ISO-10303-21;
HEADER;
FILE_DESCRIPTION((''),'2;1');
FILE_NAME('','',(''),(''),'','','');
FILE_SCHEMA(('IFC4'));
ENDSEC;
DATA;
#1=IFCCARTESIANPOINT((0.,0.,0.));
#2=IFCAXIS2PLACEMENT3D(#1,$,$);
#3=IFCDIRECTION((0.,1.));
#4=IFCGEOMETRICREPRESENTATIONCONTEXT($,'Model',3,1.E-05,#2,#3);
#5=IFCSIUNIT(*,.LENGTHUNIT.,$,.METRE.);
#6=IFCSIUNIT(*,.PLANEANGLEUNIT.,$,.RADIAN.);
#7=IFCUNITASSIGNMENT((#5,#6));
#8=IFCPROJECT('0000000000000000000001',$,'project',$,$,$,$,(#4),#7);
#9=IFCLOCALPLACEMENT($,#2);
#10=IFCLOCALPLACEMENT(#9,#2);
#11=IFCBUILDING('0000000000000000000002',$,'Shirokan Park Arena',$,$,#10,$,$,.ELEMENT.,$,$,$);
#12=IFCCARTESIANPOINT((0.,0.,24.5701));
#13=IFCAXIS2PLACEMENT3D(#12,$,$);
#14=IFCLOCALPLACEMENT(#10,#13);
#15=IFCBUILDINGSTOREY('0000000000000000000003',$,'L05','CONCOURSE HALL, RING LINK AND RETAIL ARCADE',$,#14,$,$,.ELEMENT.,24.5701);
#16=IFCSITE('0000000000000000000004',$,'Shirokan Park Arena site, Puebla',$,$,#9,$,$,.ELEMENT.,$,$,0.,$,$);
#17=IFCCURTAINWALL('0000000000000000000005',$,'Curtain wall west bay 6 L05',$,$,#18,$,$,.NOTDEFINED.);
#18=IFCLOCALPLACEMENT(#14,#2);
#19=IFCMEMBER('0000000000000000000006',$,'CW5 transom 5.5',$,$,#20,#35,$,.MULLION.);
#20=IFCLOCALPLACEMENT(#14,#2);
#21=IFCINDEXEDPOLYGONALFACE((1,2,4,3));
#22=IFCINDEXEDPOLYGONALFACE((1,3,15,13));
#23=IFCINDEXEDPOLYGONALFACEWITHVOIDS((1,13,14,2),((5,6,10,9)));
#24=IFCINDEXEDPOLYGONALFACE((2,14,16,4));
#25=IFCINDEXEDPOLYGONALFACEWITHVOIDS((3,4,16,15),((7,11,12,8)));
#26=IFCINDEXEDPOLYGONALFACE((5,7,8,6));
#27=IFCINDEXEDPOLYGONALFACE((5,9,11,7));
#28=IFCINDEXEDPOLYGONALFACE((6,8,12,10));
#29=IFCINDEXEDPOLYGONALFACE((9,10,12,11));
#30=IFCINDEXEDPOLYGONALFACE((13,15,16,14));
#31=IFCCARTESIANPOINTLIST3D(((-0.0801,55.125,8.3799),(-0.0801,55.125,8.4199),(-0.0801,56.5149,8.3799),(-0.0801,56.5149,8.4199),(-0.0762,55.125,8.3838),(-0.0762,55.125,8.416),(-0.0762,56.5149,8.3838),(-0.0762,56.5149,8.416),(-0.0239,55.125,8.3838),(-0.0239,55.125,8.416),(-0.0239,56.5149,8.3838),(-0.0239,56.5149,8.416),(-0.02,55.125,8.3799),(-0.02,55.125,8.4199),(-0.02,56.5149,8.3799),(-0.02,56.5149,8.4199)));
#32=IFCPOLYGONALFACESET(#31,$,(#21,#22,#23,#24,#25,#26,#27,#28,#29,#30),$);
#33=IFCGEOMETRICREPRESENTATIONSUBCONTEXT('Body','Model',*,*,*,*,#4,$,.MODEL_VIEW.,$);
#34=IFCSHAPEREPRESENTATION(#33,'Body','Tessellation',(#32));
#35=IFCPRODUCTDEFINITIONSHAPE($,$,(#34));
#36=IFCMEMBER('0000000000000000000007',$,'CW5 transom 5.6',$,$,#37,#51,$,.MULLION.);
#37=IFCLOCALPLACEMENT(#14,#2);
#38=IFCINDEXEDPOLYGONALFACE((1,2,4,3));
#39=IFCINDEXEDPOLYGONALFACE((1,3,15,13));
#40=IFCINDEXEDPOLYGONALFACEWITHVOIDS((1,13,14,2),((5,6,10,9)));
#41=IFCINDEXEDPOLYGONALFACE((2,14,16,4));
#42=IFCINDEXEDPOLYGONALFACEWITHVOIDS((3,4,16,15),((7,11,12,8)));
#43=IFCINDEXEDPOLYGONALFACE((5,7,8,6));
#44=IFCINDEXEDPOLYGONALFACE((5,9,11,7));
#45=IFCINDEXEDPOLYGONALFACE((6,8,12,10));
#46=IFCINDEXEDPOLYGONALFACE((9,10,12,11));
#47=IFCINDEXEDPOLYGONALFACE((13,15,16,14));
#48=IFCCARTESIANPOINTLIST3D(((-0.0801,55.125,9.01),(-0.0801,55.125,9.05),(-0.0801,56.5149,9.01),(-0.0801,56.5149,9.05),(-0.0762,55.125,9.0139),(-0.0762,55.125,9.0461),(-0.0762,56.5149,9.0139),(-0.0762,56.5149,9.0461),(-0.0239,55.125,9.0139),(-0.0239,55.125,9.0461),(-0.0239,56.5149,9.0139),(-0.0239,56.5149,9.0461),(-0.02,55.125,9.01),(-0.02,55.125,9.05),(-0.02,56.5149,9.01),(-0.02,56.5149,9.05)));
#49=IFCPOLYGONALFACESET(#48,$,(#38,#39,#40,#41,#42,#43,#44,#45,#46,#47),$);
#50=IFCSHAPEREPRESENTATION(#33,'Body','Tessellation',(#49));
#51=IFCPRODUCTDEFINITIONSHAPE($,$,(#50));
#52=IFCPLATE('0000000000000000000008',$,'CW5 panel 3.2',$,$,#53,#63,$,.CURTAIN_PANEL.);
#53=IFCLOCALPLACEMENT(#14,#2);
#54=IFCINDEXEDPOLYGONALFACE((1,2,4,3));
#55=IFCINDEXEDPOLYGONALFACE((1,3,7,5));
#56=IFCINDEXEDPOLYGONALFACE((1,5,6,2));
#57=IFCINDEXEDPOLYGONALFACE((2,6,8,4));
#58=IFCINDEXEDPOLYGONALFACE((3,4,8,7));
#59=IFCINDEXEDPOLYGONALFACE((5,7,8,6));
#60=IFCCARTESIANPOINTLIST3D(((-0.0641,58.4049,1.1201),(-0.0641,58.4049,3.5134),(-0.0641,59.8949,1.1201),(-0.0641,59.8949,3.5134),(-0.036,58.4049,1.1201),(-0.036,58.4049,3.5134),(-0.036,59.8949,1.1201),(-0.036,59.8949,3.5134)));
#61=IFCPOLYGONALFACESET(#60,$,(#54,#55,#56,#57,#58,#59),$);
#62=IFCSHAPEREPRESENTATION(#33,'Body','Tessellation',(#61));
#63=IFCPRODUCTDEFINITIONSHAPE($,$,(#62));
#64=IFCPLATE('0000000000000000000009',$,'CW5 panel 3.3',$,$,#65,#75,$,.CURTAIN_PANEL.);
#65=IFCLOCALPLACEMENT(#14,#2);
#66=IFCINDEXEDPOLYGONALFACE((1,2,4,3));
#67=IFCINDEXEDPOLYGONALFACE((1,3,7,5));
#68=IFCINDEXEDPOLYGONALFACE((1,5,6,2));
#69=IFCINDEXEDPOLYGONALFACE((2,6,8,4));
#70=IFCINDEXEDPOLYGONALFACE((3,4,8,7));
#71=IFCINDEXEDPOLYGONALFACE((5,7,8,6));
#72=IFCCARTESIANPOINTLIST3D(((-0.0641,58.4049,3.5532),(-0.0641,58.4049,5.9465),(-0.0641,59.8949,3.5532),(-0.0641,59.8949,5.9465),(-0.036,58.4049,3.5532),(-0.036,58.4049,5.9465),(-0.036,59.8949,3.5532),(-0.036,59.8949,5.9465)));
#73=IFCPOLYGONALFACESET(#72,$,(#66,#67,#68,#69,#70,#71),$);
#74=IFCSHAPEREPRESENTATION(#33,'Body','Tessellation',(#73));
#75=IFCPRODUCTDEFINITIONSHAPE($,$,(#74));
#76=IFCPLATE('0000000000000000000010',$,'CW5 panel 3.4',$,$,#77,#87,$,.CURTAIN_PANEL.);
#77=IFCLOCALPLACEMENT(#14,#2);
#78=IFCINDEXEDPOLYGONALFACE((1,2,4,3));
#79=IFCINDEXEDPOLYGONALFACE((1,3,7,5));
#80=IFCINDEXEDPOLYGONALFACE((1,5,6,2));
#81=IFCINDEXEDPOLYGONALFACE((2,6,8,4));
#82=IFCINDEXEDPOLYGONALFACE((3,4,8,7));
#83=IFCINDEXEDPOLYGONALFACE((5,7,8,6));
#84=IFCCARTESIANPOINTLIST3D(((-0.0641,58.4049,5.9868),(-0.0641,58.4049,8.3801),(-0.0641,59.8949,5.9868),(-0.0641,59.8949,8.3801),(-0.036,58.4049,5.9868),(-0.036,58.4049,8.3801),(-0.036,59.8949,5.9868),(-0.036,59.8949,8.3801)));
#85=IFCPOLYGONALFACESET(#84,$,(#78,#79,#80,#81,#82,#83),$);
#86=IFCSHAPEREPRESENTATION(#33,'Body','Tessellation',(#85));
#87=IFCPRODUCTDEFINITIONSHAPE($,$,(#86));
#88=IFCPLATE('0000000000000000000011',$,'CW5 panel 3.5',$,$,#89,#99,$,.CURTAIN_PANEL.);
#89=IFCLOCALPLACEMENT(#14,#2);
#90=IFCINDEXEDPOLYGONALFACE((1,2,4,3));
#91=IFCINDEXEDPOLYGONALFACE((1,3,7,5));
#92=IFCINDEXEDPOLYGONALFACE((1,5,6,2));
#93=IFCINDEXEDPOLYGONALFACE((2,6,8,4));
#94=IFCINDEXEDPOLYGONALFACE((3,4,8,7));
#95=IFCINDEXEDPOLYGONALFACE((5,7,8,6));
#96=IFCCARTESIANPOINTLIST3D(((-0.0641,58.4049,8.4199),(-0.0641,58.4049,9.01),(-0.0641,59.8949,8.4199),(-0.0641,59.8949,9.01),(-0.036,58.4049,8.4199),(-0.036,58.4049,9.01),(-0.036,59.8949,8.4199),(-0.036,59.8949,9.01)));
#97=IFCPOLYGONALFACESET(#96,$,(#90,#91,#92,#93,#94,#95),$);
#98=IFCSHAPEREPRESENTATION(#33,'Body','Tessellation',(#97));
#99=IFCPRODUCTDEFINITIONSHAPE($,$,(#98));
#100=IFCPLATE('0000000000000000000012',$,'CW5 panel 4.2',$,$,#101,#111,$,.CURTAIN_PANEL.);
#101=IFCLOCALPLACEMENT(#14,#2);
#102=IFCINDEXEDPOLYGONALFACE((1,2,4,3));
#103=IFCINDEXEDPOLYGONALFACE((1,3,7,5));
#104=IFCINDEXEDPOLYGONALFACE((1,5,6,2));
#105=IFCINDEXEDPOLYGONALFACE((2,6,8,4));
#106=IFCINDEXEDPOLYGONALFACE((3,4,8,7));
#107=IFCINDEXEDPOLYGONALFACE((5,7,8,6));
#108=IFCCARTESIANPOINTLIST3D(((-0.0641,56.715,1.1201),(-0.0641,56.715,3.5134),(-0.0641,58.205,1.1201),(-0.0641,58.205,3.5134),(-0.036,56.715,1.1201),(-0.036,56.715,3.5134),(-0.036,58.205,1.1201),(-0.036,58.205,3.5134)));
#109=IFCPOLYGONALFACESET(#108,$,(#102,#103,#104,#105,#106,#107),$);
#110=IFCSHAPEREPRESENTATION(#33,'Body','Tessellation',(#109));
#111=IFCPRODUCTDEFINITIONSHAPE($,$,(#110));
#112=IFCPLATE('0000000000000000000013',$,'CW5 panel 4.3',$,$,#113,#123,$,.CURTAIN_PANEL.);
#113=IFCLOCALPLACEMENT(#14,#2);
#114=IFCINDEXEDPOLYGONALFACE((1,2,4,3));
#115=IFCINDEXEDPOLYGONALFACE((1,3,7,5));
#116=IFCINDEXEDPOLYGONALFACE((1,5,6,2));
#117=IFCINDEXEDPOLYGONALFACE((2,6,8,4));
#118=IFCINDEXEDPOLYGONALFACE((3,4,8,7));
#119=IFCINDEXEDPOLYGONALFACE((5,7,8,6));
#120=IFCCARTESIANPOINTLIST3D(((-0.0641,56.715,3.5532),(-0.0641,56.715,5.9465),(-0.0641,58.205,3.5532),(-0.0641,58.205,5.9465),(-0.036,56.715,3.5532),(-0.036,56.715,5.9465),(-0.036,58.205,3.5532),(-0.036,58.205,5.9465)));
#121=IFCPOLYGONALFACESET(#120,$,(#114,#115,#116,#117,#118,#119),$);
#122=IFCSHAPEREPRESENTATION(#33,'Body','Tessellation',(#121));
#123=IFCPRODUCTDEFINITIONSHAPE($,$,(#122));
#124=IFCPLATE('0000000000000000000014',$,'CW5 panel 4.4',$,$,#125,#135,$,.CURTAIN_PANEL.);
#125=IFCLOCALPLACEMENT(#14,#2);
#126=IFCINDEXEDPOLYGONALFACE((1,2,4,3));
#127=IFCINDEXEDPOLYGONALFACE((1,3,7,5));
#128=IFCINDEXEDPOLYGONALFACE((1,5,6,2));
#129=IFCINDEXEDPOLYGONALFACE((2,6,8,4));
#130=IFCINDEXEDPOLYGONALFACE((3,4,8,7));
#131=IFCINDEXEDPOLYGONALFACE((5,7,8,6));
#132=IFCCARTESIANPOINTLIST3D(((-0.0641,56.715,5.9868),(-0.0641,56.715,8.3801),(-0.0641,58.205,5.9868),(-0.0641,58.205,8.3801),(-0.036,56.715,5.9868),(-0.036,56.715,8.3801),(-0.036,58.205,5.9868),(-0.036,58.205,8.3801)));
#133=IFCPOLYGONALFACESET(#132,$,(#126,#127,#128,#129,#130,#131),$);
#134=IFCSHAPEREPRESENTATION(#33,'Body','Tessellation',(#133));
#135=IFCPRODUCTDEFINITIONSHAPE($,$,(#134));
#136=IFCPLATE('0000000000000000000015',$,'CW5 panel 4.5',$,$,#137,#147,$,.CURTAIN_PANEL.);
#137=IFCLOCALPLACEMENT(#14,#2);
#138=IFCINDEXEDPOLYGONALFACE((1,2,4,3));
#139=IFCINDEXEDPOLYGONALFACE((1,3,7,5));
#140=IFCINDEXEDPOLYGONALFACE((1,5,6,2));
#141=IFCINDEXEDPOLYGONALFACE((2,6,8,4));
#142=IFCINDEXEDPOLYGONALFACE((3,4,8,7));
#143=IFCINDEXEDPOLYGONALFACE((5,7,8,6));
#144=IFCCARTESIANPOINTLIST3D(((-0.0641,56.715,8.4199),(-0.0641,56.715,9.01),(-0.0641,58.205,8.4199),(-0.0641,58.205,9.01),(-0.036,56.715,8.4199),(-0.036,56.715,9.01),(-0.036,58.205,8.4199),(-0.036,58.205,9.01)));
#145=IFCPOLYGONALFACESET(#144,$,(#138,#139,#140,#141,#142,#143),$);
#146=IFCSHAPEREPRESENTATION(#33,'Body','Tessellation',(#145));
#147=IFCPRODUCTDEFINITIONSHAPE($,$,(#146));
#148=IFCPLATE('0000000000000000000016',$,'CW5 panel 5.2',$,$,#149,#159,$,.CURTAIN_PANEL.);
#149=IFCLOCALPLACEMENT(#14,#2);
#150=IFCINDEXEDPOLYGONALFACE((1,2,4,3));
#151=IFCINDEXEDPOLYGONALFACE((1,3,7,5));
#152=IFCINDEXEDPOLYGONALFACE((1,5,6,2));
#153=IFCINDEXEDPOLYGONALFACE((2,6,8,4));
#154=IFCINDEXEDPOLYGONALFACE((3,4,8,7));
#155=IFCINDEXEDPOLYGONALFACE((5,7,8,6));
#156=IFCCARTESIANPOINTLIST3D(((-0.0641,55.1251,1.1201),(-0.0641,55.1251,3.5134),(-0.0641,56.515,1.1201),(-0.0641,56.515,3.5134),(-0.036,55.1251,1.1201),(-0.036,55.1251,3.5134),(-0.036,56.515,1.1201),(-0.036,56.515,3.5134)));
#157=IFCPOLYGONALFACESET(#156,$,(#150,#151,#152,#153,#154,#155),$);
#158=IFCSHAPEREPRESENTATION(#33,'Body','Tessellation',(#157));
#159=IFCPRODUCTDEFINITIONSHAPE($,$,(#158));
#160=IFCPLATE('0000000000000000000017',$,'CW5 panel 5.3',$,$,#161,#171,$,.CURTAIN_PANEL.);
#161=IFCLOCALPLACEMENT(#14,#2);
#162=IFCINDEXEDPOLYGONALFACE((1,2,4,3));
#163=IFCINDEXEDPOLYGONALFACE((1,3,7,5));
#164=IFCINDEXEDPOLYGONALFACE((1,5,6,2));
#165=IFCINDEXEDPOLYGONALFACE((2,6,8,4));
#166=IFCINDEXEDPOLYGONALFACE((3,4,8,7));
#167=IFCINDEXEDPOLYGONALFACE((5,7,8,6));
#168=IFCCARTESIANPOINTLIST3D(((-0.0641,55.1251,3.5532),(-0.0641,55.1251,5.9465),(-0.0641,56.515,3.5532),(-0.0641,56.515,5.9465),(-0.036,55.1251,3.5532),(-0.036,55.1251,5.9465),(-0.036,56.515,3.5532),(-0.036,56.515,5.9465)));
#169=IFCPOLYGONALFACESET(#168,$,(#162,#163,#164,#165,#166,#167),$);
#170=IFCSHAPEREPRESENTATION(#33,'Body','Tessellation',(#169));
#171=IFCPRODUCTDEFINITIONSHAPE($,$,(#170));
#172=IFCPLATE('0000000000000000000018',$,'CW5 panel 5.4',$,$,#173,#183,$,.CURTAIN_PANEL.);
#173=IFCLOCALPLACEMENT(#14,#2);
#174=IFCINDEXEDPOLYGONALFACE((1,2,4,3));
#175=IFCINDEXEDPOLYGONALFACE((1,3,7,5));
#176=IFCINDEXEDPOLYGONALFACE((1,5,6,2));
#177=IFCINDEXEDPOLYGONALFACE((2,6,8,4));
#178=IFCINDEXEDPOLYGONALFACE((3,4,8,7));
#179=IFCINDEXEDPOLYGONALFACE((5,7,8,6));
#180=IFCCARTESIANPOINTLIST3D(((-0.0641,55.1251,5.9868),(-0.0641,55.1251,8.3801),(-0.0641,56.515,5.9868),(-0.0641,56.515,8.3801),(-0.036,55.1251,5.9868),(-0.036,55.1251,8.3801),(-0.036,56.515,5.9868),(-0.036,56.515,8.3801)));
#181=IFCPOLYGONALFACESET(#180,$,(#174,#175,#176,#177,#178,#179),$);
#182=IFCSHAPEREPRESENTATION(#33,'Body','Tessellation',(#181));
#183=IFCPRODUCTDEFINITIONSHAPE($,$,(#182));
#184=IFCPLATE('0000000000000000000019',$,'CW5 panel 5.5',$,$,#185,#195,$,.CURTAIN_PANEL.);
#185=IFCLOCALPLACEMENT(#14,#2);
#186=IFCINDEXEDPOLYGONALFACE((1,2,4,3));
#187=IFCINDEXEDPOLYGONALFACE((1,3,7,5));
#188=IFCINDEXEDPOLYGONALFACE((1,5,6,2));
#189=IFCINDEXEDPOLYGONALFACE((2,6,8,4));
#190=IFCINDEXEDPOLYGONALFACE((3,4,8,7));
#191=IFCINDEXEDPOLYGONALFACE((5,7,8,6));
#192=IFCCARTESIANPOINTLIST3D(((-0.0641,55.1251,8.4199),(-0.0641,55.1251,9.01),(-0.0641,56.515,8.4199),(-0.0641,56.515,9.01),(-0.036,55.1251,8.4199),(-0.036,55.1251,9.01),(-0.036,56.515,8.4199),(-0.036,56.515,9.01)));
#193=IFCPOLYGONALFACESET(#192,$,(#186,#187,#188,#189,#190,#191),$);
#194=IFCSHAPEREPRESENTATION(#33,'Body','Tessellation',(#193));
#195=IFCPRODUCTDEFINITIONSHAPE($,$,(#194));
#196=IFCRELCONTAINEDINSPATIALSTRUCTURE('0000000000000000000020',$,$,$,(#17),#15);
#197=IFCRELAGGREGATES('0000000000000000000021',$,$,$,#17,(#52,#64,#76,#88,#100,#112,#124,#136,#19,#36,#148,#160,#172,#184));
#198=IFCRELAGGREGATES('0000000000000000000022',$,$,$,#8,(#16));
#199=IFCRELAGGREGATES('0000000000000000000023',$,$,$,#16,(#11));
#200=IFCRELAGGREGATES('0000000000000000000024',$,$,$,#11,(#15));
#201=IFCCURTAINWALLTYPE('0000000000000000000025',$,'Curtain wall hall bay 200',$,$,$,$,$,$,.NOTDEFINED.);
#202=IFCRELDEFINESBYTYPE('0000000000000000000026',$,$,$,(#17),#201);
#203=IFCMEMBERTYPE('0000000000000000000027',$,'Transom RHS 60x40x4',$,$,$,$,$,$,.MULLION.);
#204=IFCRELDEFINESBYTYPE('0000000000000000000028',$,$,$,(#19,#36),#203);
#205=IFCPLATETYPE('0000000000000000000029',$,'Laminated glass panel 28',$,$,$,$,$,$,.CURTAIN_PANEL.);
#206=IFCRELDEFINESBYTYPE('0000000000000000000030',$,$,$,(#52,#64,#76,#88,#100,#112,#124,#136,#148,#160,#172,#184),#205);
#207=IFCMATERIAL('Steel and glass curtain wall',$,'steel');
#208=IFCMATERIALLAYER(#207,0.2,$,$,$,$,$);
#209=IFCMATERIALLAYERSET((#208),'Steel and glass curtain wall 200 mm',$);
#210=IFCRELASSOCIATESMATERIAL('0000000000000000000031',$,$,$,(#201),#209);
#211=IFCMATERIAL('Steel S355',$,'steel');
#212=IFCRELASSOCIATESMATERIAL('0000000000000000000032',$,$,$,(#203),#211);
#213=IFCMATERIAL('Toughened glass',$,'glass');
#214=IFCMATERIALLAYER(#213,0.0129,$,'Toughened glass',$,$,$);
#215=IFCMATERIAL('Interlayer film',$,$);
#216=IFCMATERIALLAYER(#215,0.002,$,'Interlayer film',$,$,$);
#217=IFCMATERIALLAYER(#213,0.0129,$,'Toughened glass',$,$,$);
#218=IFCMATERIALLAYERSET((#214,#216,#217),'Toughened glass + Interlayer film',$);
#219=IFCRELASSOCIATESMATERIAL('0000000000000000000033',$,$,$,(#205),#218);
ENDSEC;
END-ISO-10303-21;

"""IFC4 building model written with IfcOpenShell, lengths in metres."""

from ifc_helpers import new_model, si_unit, direction, frame, origin, origin_2d, place, context, subcontext, project, spatial, rectangle, hollow_rectangle, extrude, material, layer, layer_set, material_profile, profile_set, type_object, element, aggregate, save


model = new_model("IFC4")

# Units and contexts
model_context = context("Model", 3, precision=1e-05, world=origin(), true_north=direction((0.0, 1.0)))
body_context = subcontext(model_context, "Body", "Model", "MODEL_VIEW")
ifc_project = project(units=[si_unit("LENGTHUNIT", "METRE"), si_unit("PLANEANGLEUNIT", "RADIAN")], contexts=[model_context])

# Site, building, storey
site_placement = place(None, origin())
site = spatial("IfcSite", under=ifc_project, at=site_placement, Name="Shirokan Park Arena site, Puebla", CompositionType="ELEMENT", RefElevation=0.0)
building_placement = place(site_placement, origin())
building = spatial("IfcBuilding", under=site, at=building_placement, Name="Shirokan Park Arena", CompositionType="ELEMENT")
storey_placement = place(building_placement, frame((0.0, 0.0, 24.5701)))
storey = spatial("IfcBuildingStorey", under=building, at=storey_placement, Name="L05", Description="CONCOURSE HALL, RING LINK AND RETAIL ARCADE", CompositionType="ELEMENT", Elevation=24.5701)

# Curtain wall
ifc_material_1 = material(Name="Steel and glass curtain wall", Category="steel")
ifc_layer_1 = layer(ifc_material_1, 0.2)
ifc_layer_set_1 = layer_set([ifc_layer_1], Name="Steel and glass curtain wall 200 mm")
curtain_wall_type = type_object("IfcCurtainWallType", Name="Curtain wall hall bay 200", PredefinedType="NOTDEFINED", material=ifc_layer_set_1)
curtain_wall_placement = place(storey_placement, origin())
curtain_wall = element("IfcCurtainWall", 1, at=curtain_wall_placement, inside=storey, type_object=curtain_wall_type, Name="Curtain wall west bay 6 L05", PredefinedType="NOTDEFINED")
ifc_material_2 = material(Name="Steel S355", Category="steel")

# Members
ifc_material_profile_1 = material_profile(ifc_material_2, hollow_rectangle(XDim=0.0601, YDim=0.04, WallThickness=0.0039, at=origin_2d()), Name="RHS 60x40x4")
ifc_profile_set_1 = profile_set([ifc_material_profile_1], Name="Steel S355")
member_type_1 = type_object("IfcMemberType", Name="Transom RHS 60x40x4", PredefinedType="MULLION", material=ifc_profile_set_1)
member_1_placement = place(storey_placement, frame((-0.05, 56.5149, 8.3999), z_axis=(0.0, -1.0, 0.0), x_axis=(1.0, 0.0, 0.0)))
member_1 = element("IfcMember", 2, at=member_1_placement, type_object=member_type_1, Name="CW5 transom 5.5", PredefinedType="MULLION", context=body_context, shape_type="SweptSolid", body=[
    extrude(hollow_rectangle(XDim=0.0601, YDim=0.04, WallThickness=0.0039, at=origin_2d()), origin(), (0.0, 0.0, 1.0), 1.3899),
])
member_2_placement = place(storey_placement, frame((-0.05, 56.5149, 9.03), z_axis=(0.0, -1.0, 0.0), x_axis=(1.0, 0.0, 0.0)))
member_2 = element("IfcMember", 3, at=member_2_placement, type_object=member_type_1, Name="CW5 transom 5.6", PredefinedType="MULLION", context=body_context, shape_type="SweptSolid", body=[
    extrude(hollow_rectangle(XDim=0.0601, YDim=0.04, WallThickness=0.0039, at=origin_2d()), origin(), (0.0, 0.0, 1.0), 1.3899),
])

# Plates
ifc_material_3 = material(Name="Toughened glass", Category="glass")
ifc_layer_2 = layer(ifc_material_3, 0.0129, Name="Toughened glass")
ifc_material_4 = material(Name="Interlayer film")
ifc_layer_3 = layer(ifc_material_4, 0.002, Name="Interlayer film")
ifc_layer_4 = layer(ifc_material_3, 0.0129, Name="Toughened glass")
ifc_layer_set_2 = layer_set([ifc_layer_2, ifc_layer_3, ifc_layer_4], Name="Toughened glass + Interlayer film")
plate_type_1 = type_object("IfcPlateType", Name="Laminated glass panel 28", PredefinedType="CURTAIN_PANEL", material=ifc_layer_set_2)
plate_1_placement = place(storey_placement, frame((-0.05, 59.1499, 1.1201), z_axis=(0.0, 0.0, 1.0), x_axis=(0.0, -1.0, 0.0)))
plate_1 = element("IfcPlate", 4, at=plate_1_placement, type_object=plate_type_1, Name="CW5 panel 3.2", PredefinedType="CURTAIN_PANEL", context=body_context, shape_type="SweptSolid", body=[
    extrude(rectangle(XDim=1.49, YDim=0.0281, at=origin_2d()), origin(), (0.0, 0.0, 1.0), 2.3933),
])
plate_2_placement = place(storey_placement, frame((-0.05, 59.1499, 3.5532), z_axis=(0.0, 0.0, 1.0), x_axis=(0.0, -1.0, 0.0)))
plate_2 = element("IfcPlate", 5, at=plate_2_placement, type_object=plate_type_1, Name="CW5 panel 3.3", PredefinedType="CURTAIN_PANEL", context=body_context, shape_type="SweptSolid", body=[
    extrude(rectangle(XDim=1.49, YDim=0.0281, at=origin_2d()), origin(), (0.0, 0.0, 1.0), 2.3933),
])
plate_3_placement = place(storey_placement, frame((-0.05, 59.1499, 5.9868), z_axis=(0.0, 0.0, 1.0), x_axis=(0.0, -1.0, 0.0)))
plate_3 = element("IfcPlate", 6, at=plate_3_placement, type_object=plate_type_1, Name="CW5 panel 3.4", PredefinedType="CURTAIN_PANEL", context=body_context, shape_type="SweptSolid", body=[
    extrude(rectangle(XDim=1.49, YDim=0.0281, at=origin_2d()), origin(), (0.0, 0.0, 1.0), 2.3933),
])
plate_4_placement = place(storey_placement, frame((-0.05, 59.1499, 8.4199), z_axis=(0.0, 0.0, 1.0), x_axis=(0.0, -1.0, 0.0)))
plate_4 = element("IfcPlate", 7, at=plate_4_placement, type_object=plate_type_1, Name="CW5 panel 3.5", PredefinedType="CURTAIN_PANEL", context=body_context, shape_type="SweptSolid", body=[
    extrude(rectangle(XDim=1.49, YDim=0.0281, at=origin_2d()), origin(), (0.0, 0.0, 1.0), 0.5901),
])
plate_5_placement = place(storey_placement, frame((-0.05, 57.46, 1.1201), z_axis=(0.0, 0.0, 1.0), x_axis=(0.0, -1.0, 0.0)))
plate_5 = element("IfcPlate", 8, at=plate_5_placement, type_object=plate_type_1, Name="CW5 panel 4.2", PredefinedType="CURTAIN_PANEL", context=body_context, shape_type="SweptSolid", body=[
    extrude(rectangle(XDim=1.49, YDim=0.0281, at=origin_2d()), origin(), (0.0, 0.0, 1.0), 2.3933),
])
plate_6_placement = place(storey_placement, frame((-0.05, 57.46, 3.5532), z_axis=(0.0, 0.0, 1.0), x_axis=(0.0, -1.0, 0.0)))
plate_6 = element("IfcPlate", 9, at=plate_6_placement, type_object=plate_type_1, Name="CW5 panel 4.3", PredefinedType="CURTAIN_PANEL", context=body_context, shape_type="SweptSolid", body=[
    extrude(rectangle(XDim=1.49, YDim=0.0281, at=origin_2d()), origin(), (0.0, 0.0, 1.0), 2.3933),
])
plate_7_placement = place(storey_placement, frame((-0.05, 57.46, 5.9868), z_axis=(0.0, 0.0, 1.0), x_axis=(0.0, -1.0, 0.0)))
plate_7 = element("IfcPlate", 10, at=plate_7_placement, type_object=plate_type_1, Name="CW5 panel 4.4", PredefinedType="CURTAIN_PANEL", context=body_context, shape_type="SweptSolid", body=[
    extrude(rectangle(XDim=1.49, YDim=0.0281, at=origin_2d()), origin(), (0.0, 0.0, 1.0), 2.3933),
])
plate_8_placement = place(storey_placement, frame((-0.05, 57.46, 8.4199), z_axis=(0.0, 0.0, 1.0), x_axis=(0.0, -1.0, 0.0)))
plate_8 = element("IfcPlate", 11, at=plate_8_placement, type_object=plate_type_1, Name="CW5 panel 4.5", PredefinedType="CURTAIN_PANEL", context=body_context, shape_type="SweptSolid", body=[
    extrude(rectangle(XDim=1.49, YDim=0.0281, at=origin_2d()), origin(), (0.0, 0.0, 1.0), 0.5901),
])
plate_9_placement = place(storey_placement, frame((-0.05, 55.8201, 1.1201), z_axis=(0.0, 0.0, 1.0), x_axis=(0.0, -1.0, 0.0)))
plate_9 = element("IfcPlate", 12, at=plate_9_placement, type_object=plate_type_1, Name="CW5 panel 5.2", PredefinedType="CURTAIN_PANEL", context=body_context, shape_type="SweptSolid", body=[
    extrude(rectangle(XDim=1.3899, YDim=0.0281, at=origin_2d()), origin(), (0.0, 0.0, 1.0), 2.3933),
])
plate_10_placement = place(storey_placement, frame((-0.05, 55.8201, 3.5532), z_axis=(0.0, 0.0, 1.0), x_axis=(0.0, -1.0, 0.0)))
plate_10 = element("IfcPlate", 13, at=plate_10_placement, type_object=plate_type_1, Name="CW5 panel 5.3", PredefinedType="CURTAIN_PANEL", context=body_context, shape_type="SweptSolid", body=[
    extrude(rectangle(XDim=1.3899, YDim=0.0281, at=origin_2d()), origin(), (0.0, 0.0, 1.0), 2.3933),
])
plate_11_placement = place(storey_placement, frame((-0.05, 55.8201, 5.9868), z_axis=(0.0, 0.0, 1.0), x_axis=(0.0, -1.0, 0.0)))
plate_11 = element("IfcPlate", 14, at=plate_11_placement, type_object=plate_type_1, Name="CW5 panel 5.4", PredefinedType="CURTAIN_PANEL", context=body_context, shape_type="SweptSolid", body=[
    extrude(rectangle(XDim=1.3899, YDim=0.0281, at=origin_2d()), origin(), (0.0, 0.0, 1.0), 2.3933),
])
plate_12_placement = place(storey_placement, frame((-0.05, 55.8201, 8.4199), z_axis=(0.0, 0.0, 1.0), x_axis=(0.0, -1.0, 0.0)))
plate_12 = element("IfcPlate", 15, at=plate_12_placement, type_object=plate_type_1, Name="CW5 panel 5.5", PredefinedType="CURTAIN_PANEL", context=body_context, shape_type="SweptSolid", body=[
    extrude(rectangle(XDim=1.3899, YDim=0.0281, at=origin_2d()), origin(), (0.0, 0.0, 1.0), 0.5901),
])
aggregate(curtain_wall, [plate_1, plate_2, plate_3, plate_4, plate_5, plate_6, plate_7, plate_8, member_1, member_2, plate_9, plate_10, plate_11, plate_12])

save(model, "model.ifc")
